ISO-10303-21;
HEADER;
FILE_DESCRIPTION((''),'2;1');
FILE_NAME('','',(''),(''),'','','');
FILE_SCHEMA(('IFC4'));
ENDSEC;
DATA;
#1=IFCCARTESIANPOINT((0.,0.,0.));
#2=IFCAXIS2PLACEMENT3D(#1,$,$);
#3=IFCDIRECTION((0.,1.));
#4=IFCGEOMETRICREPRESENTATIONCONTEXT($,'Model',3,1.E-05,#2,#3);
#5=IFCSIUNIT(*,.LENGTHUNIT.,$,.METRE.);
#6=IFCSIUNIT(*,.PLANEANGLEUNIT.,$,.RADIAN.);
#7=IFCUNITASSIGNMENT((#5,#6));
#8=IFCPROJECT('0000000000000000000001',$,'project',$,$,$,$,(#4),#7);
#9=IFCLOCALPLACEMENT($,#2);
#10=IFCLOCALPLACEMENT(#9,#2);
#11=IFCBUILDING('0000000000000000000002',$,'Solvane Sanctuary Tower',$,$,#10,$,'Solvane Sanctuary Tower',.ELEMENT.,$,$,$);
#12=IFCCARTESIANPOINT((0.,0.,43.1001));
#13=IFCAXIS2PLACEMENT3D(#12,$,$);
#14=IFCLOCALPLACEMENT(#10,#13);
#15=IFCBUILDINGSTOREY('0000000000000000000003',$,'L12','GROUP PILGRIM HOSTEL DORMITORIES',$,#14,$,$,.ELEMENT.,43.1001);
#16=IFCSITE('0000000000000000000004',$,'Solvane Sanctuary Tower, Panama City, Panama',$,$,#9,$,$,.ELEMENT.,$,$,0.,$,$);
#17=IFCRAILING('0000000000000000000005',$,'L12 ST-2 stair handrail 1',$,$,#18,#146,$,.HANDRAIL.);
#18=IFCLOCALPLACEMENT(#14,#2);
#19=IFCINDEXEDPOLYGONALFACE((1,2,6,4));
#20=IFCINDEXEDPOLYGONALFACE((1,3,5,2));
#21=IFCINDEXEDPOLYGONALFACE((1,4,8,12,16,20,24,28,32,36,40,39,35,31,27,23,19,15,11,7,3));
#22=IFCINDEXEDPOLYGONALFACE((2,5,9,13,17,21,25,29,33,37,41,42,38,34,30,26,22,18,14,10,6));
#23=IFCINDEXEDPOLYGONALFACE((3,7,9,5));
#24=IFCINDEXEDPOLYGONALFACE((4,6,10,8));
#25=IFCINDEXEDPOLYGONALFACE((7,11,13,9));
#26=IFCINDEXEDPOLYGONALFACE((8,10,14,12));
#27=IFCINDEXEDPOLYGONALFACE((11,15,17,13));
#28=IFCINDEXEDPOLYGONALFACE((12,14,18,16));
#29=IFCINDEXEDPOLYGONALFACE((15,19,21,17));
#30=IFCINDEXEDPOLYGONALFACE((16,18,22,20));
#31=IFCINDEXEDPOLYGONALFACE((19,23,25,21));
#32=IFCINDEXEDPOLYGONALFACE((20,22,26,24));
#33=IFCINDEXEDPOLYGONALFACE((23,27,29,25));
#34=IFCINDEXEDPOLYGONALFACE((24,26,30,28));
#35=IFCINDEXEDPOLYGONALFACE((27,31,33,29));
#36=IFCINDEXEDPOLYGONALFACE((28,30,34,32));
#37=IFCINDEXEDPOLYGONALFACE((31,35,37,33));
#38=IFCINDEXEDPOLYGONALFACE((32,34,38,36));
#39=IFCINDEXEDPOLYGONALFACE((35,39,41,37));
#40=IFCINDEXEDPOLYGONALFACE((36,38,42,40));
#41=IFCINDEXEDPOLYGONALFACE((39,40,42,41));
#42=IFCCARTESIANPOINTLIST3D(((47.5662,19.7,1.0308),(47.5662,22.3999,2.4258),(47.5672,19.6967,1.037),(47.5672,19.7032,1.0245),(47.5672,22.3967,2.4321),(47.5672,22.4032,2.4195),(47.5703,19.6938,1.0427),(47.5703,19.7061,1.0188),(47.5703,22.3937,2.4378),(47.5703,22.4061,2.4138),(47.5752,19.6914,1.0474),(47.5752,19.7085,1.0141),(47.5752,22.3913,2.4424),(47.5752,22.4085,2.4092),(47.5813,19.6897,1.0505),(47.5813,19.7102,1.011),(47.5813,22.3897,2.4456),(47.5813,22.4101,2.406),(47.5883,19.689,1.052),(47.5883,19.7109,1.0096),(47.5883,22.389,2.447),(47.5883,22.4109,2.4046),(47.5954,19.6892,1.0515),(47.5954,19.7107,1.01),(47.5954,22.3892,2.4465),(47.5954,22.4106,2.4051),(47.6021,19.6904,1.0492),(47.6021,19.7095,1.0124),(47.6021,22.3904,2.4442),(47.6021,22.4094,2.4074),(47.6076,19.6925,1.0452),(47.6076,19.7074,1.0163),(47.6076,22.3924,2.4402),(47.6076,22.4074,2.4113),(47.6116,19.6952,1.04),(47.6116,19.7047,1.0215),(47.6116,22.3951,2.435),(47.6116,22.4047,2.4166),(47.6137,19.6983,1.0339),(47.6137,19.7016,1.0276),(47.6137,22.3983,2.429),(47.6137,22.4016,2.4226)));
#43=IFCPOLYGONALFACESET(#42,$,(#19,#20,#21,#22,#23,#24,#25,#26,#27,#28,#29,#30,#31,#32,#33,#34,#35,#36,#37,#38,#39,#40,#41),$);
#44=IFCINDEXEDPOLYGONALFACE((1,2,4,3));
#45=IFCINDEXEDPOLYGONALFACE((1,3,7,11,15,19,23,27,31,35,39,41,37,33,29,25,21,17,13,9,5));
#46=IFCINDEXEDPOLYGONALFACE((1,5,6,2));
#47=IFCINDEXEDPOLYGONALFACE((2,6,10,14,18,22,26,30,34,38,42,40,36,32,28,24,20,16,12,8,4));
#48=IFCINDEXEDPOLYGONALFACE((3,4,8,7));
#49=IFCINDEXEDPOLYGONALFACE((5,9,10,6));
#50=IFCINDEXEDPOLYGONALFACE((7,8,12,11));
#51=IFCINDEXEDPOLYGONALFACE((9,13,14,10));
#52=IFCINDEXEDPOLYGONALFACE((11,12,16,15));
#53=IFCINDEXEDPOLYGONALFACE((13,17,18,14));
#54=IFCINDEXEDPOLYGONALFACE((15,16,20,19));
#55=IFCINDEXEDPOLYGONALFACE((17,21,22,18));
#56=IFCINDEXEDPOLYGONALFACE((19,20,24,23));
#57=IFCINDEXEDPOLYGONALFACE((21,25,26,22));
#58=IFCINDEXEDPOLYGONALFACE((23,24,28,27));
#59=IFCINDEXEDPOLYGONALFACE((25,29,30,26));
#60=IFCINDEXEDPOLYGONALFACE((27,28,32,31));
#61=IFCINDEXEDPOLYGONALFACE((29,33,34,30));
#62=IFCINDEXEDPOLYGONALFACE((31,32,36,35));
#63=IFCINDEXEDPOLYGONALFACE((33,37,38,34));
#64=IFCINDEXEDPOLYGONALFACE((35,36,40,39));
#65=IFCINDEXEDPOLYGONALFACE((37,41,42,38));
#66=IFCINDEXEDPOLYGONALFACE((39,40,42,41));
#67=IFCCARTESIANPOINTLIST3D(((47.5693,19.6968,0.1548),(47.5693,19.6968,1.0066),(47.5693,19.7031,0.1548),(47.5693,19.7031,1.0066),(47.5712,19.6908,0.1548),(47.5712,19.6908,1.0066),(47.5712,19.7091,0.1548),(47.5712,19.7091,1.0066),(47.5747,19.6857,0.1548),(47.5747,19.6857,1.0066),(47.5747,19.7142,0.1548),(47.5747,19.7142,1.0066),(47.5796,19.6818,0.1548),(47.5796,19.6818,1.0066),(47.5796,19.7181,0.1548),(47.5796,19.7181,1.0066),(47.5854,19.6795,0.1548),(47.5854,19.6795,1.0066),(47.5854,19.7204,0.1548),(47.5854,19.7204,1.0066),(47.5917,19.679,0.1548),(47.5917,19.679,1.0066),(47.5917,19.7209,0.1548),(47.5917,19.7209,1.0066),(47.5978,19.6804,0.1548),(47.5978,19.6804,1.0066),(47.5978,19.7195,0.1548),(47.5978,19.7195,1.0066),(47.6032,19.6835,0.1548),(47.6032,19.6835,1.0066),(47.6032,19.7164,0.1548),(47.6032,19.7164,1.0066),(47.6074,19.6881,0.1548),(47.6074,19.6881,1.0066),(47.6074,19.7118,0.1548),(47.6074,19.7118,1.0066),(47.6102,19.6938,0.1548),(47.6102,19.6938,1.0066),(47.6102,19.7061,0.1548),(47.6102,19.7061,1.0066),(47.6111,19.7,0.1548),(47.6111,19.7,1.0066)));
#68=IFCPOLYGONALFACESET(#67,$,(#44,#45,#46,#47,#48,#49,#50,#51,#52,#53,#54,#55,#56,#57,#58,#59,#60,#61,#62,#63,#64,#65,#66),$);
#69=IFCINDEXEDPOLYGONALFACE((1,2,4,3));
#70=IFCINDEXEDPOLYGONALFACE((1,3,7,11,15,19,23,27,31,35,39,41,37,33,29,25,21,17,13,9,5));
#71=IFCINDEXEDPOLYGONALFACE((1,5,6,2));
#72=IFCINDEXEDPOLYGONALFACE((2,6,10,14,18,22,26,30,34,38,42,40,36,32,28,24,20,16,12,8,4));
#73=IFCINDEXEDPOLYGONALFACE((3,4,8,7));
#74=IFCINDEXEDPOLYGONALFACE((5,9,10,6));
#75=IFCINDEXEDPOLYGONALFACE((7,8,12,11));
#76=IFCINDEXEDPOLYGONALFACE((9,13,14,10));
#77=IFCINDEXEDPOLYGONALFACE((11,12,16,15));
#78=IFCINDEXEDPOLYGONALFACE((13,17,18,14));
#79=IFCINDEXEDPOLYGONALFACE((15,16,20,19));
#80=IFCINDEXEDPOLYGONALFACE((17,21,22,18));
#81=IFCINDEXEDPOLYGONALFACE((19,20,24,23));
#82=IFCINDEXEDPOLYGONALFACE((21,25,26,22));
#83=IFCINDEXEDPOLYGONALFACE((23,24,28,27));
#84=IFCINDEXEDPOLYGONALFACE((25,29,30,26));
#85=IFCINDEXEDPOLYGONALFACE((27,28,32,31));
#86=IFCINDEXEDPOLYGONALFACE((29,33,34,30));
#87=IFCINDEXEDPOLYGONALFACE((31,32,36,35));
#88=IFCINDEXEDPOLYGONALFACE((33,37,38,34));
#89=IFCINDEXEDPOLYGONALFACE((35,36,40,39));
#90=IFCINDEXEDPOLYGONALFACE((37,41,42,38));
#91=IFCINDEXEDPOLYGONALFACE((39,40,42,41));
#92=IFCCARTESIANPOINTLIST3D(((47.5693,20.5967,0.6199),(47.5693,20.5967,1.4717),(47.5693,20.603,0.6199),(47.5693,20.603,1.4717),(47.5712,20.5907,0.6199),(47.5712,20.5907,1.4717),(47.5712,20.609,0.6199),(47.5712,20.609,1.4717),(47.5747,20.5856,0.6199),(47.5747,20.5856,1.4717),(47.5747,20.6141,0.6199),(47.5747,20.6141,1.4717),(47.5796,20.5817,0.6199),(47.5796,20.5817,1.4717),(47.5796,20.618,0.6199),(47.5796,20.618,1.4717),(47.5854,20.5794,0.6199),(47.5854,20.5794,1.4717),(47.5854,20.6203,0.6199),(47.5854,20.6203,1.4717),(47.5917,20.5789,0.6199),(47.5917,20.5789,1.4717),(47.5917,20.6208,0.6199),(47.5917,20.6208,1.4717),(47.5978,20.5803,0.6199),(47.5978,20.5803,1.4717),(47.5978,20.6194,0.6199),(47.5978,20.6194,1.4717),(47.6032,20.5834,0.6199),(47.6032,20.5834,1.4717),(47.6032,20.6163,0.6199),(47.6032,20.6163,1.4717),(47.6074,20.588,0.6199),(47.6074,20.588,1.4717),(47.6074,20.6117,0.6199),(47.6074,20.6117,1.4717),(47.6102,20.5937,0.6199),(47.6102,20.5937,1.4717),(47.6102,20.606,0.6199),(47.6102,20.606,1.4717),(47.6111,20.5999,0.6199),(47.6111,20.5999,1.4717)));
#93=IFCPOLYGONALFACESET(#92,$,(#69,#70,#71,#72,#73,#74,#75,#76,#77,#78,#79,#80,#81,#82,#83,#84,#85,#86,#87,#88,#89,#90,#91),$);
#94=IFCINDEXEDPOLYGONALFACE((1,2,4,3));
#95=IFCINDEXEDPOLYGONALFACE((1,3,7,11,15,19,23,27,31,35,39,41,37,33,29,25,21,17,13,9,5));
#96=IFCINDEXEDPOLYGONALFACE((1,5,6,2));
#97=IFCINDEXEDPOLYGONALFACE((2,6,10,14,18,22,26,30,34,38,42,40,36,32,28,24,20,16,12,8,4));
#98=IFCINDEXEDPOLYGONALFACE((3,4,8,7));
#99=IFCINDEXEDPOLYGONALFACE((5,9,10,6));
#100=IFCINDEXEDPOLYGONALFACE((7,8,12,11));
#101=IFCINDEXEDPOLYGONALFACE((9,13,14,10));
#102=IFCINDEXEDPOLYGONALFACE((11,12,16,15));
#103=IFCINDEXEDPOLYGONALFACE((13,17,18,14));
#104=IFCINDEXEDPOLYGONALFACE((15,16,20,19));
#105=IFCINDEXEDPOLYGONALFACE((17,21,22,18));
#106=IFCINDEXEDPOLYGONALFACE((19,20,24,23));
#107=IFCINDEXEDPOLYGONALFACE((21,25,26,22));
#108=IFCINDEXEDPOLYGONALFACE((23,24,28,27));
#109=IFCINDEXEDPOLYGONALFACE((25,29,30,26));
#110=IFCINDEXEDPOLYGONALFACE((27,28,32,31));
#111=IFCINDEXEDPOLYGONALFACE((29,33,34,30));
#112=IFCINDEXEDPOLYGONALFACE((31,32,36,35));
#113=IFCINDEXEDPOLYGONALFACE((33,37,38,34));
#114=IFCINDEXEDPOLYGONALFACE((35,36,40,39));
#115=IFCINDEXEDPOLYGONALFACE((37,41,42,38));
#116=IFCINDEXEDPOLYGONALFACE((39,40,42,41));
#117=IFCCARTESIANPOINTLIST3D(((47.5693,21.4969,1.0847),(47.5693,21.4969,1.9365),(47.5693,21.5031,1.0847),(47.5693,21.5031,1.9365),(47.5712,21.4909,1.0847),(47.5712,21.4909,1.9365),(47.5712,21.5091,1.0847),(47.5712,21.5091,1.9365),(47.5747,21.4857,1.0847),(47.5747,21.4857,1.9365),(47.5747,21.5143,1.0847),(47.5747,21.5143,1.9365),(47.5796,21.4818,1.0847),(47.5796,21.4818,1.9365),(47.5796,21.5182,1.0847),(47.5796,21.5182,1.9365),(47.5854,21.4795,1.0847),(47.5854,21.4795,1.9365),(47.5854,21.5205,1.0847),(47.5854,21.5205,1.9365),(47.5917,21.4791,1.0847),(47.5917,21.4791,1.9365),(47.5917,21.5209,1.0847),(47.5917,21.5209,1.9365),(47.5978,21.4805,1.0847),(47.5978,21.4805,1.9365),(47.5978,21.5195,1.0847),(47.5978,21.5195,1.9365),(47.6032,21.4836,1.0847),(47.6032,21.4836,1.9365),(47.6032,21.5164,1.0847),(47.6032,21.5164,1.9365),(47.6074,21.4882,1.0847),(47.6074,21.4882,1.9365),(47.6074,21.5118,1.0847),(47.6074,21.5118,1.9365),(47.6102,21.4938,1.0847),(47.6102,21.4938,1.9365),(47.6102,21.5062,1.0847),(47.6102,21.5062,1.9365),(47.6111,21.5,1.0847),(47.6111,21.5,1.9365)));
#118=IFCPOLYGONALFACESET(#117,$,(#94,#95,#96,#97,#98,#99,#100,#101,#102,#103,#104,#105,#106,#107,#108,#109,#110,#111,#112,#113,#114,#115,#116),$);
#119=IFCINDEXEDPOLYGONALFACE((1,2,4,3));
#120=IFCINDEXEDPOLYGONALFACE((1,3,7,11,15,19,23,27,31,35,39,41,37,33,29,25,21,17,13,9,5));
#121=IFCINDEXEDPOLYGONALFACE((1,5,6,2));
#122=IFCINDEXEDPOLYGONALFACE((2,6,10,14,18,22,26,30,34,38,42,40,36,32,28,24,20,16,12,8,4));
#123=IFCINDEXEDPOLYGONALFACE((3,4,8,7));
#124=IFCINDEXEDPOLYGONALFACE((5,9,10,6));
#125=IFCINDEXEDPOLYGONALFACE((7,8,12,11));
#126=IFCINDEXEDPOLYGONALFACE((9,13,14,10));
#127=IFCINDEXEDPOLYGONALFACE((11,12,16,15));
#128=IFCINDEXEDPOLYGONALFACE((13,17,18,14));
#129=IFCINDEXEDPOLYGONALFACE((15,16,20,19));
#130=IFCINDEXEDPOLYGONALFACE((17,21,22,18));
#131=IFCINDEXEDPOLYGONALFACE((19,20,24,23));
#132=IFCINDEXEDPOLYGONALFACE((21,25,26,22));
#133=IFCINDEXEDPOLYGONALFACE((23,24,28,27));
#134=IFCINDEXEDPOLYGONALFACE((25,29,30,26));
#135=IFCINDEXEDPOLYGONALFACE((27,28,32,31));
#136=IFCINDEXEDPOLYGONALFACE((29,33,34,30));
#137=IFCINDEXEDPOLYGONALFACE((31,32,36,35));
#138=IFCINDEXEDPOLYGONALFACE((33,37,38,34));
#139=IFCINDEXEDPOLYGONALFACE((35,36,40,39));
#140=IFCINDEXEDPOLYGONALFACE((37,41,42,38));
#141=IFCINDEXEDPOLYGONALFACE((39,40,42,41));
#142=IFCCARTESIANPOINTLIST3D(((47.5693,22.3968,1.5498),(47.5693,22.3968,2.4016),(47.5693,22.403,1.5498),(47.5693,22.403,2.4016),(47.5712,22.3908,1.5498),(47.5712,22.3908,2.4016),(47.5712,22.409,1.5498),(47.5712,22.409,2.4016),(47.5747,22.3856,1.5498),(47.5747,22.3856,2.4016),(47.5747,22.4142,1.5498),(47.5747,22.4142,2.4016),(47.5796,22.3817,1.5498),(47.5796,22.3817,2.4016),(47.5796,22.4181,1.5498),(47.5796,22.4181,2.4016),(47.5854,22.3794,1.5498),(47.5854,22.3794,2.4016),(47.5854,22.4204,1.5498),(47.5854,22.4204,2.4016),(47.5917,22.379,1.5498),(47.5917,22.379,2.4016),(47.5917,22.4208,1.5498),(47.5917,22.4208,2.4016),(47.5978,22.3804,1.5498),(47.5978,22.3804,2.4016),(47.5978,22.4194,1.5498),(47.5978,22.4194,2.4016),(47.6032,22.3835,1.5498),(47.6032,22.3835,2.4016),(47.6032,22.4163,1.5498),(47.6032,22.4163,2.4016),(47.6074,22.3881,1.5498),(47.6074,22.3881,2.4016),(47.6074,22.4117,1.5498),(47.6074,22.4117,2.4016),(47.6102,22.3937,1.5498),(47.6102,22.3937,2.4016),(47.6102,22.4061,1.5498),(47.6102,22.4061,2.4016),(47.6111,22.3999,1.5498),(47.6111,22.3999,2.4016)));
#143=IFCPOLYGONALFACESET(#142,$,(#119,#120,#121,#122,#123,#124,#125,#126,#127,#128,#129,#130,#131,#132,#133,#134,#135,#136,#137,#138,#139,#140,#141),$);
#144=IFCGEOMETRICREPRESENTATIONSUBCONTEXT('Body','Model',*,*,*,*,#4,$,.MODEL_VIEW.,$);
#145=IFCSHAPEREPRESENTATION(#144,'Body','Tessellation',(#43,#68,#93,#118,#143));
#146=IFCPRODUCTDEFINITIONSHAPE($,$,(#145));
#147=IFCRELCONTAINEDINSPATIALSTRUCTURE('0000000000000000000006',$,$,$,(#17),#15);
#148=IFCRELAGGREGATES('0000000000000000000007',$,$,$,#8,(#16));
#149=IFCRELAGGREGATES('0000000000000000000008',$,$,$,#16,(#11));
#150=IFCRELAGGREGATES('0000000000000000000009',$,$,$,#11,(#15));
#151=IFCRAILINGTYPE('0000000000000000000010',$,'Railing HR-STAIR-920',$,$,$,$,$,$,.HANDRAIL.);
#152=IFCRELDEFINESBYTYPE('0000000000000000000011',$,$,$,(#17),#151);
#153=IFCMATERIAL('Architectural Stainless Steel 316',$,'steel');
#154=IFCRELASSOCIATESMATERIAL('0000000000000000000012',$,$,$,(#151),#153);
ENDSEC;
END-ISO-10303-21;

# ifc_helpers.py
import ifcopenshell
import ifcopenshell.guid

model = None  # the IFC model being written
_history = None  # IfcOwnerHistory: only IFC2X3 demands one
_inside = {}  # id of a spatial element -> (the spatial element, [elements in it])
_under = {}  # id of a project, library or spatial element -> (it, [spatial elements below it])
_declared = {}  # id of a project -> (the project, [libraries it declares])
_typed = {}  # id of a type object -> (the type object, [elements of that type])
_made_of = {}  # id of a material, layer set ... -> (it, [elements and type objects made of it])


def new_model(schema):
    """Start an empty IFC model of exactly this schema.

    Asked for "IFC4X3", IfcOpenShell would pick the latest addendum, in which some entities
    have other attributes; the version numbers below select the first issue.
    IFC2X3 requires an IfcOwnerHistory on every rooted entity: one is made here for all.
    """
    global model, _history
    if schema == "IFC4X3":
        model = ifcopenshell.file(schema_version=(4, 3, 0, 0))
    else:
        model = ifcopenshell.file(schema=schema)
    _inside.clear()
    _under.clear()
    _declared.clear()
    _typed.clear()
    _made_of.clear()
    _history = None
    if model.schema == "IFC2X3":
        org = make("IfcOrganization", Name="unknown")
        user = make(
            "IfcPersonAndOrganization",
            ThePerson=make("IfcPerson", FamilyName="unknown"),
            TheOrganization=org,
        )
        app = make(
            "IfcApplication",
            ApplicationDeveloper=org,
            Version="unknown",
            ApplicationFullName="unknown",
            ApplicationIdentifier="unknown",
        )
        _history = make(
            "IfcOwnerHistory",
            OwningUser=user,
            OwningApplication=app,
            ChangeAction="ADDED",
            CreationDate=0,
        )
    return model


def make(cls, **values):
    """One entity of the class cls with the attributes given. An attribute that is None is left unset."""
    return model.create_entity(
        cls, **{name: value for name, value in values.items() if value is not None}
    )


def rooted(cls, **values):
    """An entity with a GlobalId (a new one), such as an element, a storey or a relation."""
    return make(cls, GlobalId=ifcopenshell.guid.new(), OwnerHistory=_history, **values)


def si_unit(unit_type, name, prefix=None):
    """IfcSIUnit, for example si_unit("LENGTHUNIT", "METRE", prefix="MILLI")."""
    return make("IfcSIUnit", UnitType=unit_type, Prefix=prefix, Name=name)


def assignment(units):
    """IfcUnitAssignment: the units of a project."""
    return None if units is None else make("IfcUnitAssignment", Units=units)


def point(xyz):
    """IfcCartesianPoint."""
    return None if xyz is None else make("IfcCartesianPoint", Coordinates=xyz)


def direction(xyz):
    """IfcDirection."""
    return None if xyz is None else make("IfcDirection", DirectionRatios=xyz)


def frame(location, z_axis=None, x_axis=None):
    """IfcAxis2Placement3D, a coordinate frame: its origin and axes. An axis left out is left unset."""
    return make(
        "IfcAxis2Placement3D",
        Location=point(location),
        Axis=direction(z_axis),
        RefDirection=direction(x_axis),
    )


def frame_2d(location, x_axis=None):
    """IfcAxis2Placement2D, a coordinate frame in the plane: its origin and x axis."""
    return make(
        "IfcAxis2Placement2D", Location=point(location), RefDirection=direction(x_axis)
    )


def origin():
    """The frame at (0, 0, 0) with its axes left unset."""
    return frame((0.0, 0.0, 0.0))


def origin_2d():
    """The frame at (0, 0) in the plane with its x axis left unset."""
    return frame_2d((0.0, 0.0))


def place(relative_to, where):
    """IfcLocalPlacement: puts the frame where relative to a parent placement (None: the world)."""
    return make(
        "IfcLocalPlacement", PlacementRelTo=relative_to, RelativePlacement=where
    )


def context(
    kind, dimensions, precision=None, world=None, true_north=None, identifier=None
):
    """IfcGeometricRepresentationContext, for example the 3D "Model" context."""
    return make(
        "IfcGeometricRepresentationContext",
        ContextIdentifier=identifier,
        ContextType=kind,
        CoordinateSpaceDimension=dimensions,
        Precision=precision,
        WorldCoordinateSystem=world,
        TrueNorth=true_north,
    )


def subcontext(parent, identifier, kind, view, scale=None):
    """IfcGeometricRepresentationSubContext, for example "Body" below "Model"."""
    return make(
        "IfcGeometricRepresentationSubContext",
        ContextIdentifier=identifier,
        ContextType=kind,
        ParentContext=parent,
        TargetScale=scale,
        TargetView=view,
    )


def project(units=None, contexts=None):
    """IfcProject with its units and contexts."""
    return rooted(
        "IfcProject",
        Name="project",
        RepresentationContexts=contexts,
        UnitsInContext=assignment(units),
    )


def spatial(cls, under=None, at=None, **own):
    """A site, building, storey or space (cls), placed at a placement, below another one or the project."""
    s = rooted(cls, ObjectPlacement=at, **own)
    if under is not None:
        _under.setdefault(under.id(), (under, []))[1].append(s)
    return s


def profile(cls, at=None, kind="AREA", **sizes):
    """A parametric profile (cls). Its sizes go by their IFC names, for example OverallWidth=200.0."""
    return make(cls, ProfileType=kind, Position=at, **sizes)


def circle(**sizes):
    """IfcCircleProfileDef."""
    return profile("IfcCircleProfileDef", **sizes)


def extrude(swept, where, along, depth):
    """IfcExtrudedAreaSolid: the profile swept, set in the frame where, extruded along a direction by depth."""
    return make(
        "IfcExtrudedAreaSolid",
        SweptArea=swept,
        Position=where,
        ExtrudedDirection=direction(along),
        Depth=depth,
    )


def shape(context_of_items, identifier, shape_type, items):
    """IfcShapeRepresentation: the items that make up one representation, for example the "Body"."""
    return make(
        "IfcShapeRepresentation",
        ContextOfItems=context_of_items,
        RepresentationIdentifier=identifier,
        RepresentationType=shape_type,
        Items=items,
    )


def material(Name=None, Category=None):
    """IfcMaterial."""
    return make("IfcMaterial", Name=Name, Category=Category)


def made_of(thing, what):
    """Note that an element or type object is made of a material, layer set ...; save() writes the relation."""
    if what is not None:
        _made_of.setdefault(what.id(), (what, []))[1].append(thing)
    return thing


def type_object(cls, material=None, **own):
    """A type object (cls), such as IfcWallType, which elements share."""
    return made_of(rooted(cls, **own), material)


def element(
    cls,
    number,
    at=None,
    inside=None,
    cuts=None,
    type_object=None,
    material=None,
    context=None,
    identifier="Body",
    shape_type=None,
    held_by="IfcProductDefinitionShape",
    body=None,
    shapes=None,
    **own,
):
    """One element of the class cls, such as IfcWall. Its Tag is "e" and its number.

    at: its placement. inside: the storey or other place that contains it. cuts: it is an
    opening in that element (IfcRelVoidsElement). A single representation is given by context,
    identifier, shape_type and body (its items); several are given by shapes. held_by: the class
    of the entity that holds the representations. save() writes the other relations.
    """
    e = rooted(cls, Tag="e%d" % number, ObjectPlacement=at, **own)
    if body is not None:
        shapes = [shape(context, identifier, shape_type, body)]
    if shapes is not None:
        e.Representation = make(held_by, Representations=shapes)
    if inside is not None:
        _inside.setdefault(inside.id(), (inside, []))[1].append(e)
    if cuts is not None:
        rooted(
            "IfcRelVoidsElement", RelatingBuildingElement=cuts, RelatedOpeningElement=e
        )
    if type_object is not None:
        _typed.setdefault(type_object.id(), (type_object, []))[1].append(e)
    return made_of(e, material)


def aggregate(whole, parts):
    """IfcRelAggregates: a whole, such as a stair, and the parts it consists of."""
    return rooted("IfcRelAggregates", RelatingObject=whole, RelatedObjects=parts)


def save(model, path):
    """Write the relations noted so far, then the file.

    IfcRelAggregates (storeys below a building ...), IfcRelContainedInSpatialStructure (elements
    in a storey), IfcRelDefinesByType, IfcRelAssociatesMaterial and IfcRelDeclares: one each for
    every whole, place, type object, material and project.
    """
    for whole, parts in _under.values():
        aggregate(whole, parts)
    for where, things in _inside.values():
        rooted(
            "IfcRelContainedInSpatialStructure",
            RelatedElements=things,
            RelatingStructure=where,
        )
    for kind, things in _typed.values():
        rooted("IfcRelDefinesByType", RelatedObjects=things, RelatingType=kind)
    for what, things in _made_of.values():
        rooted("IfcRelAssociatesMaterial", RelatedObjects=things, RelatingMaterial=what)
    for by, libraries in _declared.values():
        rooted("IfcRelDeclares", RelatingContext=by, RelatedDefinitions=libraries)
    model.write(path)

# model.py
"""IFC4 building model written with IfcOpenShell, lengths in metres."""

from ifc_helpers import new_model, si_unit, direction, frame, origin, origin_2d, place, context, subcontext, project, spatial, circle, extrude, material, type_object, element, save


model = new_model("IFC4")

# Units and contexts
model_context = context("Model", 3, precision=1e-05, world=origin(), true_north=direction((0.0, 1.0)))
body_context = subcontext(model_context, "Body", "Model", "MODEL_VIEW")
ifc_project = project(units=[si_unit("LENGTHUNIT", "METRE"), si_unit("PLANEANGLEUNIT", "RADIAN")], contexts=[model_context])

# Site, building, storey
site_placement = place(None, origin())
site = spatial("IfcSite", under=ifc_project, at=site_placement, Name="Solvane Sanctuary Tower, Panama City, Panama", CompositionType="ELEMENT", RefElevation=0.0)
building_placement = place(site_placement, origin())
building = spatial("IfcBuilding", under=site, at=building_placement, Name="Solvane Sanctuary Tower", LongName="Solvane Sanctuary Tower", CompositionType="ELEMENT")
storey_placement = place(building_placement, frame((0.0, 0.0, 43.1001)))
storey = spatial("IfcBuildingStorey", under=building, at=storey_placement, Name="L12", Description="GROUP PILGRIM HOSTEL DORMITORIES", CompositionType="ELEMENT", Elevation=43.1001)

# Shared definitions
ifc_material_1 = material(Name="Architectural Stainless Steel 316", Category="steel")

# Railing
railing_type_1 = type_object("IfcRailingType", Name="Railing HR-STAIR-920", PredefinedType="HANDRAIL", material=ifc_material_1)
railing_1_placement = place(storey_placement, frame((47.5901, 19.7, 0.1548)))
element("IfcRailing", 1, at=railing_1_placement, inside=storey, type_object=railing_type_1, Name="L12 ST-2 stair handrail 1", PredefinedType="HANDRAIL", context=body_context, shape_type="SweptSolid", body=[
    extrude(circle(Radius=0.0239, at=origin_2d()), frame((0.0, 0.0, 0.876), z_axis=(0.0, 0.88842, 0.459032), x_axis=(-1.0, 0.0, 0.0)), (0.0, 0.0, 1.0), 3.0391),
    extrude(circle(Radius=0.021, at=origin_2d()), origin(), (0.0, 0.0, 1.0), 0.8518),
    extrude(circle(Radius=0.021, at=origin_2d()), frame((0.0, 0.8999, 0.4651)), (0.0, 0.0, 1.0), 0.8518),
    extrude(circle(Radius=0.021, at=origin_2d()), frame((0.0, 1.8, 0.9299)), (0.0, 0.0, 1.0), 0.8518),
    extrude(circle(Radius=0.021, at=origin_2d()), frame((0.0, 2.7, 1.395)), (0.0, 0.0, 1.0), 0.8518),
])

save(model, "model.ifc")
